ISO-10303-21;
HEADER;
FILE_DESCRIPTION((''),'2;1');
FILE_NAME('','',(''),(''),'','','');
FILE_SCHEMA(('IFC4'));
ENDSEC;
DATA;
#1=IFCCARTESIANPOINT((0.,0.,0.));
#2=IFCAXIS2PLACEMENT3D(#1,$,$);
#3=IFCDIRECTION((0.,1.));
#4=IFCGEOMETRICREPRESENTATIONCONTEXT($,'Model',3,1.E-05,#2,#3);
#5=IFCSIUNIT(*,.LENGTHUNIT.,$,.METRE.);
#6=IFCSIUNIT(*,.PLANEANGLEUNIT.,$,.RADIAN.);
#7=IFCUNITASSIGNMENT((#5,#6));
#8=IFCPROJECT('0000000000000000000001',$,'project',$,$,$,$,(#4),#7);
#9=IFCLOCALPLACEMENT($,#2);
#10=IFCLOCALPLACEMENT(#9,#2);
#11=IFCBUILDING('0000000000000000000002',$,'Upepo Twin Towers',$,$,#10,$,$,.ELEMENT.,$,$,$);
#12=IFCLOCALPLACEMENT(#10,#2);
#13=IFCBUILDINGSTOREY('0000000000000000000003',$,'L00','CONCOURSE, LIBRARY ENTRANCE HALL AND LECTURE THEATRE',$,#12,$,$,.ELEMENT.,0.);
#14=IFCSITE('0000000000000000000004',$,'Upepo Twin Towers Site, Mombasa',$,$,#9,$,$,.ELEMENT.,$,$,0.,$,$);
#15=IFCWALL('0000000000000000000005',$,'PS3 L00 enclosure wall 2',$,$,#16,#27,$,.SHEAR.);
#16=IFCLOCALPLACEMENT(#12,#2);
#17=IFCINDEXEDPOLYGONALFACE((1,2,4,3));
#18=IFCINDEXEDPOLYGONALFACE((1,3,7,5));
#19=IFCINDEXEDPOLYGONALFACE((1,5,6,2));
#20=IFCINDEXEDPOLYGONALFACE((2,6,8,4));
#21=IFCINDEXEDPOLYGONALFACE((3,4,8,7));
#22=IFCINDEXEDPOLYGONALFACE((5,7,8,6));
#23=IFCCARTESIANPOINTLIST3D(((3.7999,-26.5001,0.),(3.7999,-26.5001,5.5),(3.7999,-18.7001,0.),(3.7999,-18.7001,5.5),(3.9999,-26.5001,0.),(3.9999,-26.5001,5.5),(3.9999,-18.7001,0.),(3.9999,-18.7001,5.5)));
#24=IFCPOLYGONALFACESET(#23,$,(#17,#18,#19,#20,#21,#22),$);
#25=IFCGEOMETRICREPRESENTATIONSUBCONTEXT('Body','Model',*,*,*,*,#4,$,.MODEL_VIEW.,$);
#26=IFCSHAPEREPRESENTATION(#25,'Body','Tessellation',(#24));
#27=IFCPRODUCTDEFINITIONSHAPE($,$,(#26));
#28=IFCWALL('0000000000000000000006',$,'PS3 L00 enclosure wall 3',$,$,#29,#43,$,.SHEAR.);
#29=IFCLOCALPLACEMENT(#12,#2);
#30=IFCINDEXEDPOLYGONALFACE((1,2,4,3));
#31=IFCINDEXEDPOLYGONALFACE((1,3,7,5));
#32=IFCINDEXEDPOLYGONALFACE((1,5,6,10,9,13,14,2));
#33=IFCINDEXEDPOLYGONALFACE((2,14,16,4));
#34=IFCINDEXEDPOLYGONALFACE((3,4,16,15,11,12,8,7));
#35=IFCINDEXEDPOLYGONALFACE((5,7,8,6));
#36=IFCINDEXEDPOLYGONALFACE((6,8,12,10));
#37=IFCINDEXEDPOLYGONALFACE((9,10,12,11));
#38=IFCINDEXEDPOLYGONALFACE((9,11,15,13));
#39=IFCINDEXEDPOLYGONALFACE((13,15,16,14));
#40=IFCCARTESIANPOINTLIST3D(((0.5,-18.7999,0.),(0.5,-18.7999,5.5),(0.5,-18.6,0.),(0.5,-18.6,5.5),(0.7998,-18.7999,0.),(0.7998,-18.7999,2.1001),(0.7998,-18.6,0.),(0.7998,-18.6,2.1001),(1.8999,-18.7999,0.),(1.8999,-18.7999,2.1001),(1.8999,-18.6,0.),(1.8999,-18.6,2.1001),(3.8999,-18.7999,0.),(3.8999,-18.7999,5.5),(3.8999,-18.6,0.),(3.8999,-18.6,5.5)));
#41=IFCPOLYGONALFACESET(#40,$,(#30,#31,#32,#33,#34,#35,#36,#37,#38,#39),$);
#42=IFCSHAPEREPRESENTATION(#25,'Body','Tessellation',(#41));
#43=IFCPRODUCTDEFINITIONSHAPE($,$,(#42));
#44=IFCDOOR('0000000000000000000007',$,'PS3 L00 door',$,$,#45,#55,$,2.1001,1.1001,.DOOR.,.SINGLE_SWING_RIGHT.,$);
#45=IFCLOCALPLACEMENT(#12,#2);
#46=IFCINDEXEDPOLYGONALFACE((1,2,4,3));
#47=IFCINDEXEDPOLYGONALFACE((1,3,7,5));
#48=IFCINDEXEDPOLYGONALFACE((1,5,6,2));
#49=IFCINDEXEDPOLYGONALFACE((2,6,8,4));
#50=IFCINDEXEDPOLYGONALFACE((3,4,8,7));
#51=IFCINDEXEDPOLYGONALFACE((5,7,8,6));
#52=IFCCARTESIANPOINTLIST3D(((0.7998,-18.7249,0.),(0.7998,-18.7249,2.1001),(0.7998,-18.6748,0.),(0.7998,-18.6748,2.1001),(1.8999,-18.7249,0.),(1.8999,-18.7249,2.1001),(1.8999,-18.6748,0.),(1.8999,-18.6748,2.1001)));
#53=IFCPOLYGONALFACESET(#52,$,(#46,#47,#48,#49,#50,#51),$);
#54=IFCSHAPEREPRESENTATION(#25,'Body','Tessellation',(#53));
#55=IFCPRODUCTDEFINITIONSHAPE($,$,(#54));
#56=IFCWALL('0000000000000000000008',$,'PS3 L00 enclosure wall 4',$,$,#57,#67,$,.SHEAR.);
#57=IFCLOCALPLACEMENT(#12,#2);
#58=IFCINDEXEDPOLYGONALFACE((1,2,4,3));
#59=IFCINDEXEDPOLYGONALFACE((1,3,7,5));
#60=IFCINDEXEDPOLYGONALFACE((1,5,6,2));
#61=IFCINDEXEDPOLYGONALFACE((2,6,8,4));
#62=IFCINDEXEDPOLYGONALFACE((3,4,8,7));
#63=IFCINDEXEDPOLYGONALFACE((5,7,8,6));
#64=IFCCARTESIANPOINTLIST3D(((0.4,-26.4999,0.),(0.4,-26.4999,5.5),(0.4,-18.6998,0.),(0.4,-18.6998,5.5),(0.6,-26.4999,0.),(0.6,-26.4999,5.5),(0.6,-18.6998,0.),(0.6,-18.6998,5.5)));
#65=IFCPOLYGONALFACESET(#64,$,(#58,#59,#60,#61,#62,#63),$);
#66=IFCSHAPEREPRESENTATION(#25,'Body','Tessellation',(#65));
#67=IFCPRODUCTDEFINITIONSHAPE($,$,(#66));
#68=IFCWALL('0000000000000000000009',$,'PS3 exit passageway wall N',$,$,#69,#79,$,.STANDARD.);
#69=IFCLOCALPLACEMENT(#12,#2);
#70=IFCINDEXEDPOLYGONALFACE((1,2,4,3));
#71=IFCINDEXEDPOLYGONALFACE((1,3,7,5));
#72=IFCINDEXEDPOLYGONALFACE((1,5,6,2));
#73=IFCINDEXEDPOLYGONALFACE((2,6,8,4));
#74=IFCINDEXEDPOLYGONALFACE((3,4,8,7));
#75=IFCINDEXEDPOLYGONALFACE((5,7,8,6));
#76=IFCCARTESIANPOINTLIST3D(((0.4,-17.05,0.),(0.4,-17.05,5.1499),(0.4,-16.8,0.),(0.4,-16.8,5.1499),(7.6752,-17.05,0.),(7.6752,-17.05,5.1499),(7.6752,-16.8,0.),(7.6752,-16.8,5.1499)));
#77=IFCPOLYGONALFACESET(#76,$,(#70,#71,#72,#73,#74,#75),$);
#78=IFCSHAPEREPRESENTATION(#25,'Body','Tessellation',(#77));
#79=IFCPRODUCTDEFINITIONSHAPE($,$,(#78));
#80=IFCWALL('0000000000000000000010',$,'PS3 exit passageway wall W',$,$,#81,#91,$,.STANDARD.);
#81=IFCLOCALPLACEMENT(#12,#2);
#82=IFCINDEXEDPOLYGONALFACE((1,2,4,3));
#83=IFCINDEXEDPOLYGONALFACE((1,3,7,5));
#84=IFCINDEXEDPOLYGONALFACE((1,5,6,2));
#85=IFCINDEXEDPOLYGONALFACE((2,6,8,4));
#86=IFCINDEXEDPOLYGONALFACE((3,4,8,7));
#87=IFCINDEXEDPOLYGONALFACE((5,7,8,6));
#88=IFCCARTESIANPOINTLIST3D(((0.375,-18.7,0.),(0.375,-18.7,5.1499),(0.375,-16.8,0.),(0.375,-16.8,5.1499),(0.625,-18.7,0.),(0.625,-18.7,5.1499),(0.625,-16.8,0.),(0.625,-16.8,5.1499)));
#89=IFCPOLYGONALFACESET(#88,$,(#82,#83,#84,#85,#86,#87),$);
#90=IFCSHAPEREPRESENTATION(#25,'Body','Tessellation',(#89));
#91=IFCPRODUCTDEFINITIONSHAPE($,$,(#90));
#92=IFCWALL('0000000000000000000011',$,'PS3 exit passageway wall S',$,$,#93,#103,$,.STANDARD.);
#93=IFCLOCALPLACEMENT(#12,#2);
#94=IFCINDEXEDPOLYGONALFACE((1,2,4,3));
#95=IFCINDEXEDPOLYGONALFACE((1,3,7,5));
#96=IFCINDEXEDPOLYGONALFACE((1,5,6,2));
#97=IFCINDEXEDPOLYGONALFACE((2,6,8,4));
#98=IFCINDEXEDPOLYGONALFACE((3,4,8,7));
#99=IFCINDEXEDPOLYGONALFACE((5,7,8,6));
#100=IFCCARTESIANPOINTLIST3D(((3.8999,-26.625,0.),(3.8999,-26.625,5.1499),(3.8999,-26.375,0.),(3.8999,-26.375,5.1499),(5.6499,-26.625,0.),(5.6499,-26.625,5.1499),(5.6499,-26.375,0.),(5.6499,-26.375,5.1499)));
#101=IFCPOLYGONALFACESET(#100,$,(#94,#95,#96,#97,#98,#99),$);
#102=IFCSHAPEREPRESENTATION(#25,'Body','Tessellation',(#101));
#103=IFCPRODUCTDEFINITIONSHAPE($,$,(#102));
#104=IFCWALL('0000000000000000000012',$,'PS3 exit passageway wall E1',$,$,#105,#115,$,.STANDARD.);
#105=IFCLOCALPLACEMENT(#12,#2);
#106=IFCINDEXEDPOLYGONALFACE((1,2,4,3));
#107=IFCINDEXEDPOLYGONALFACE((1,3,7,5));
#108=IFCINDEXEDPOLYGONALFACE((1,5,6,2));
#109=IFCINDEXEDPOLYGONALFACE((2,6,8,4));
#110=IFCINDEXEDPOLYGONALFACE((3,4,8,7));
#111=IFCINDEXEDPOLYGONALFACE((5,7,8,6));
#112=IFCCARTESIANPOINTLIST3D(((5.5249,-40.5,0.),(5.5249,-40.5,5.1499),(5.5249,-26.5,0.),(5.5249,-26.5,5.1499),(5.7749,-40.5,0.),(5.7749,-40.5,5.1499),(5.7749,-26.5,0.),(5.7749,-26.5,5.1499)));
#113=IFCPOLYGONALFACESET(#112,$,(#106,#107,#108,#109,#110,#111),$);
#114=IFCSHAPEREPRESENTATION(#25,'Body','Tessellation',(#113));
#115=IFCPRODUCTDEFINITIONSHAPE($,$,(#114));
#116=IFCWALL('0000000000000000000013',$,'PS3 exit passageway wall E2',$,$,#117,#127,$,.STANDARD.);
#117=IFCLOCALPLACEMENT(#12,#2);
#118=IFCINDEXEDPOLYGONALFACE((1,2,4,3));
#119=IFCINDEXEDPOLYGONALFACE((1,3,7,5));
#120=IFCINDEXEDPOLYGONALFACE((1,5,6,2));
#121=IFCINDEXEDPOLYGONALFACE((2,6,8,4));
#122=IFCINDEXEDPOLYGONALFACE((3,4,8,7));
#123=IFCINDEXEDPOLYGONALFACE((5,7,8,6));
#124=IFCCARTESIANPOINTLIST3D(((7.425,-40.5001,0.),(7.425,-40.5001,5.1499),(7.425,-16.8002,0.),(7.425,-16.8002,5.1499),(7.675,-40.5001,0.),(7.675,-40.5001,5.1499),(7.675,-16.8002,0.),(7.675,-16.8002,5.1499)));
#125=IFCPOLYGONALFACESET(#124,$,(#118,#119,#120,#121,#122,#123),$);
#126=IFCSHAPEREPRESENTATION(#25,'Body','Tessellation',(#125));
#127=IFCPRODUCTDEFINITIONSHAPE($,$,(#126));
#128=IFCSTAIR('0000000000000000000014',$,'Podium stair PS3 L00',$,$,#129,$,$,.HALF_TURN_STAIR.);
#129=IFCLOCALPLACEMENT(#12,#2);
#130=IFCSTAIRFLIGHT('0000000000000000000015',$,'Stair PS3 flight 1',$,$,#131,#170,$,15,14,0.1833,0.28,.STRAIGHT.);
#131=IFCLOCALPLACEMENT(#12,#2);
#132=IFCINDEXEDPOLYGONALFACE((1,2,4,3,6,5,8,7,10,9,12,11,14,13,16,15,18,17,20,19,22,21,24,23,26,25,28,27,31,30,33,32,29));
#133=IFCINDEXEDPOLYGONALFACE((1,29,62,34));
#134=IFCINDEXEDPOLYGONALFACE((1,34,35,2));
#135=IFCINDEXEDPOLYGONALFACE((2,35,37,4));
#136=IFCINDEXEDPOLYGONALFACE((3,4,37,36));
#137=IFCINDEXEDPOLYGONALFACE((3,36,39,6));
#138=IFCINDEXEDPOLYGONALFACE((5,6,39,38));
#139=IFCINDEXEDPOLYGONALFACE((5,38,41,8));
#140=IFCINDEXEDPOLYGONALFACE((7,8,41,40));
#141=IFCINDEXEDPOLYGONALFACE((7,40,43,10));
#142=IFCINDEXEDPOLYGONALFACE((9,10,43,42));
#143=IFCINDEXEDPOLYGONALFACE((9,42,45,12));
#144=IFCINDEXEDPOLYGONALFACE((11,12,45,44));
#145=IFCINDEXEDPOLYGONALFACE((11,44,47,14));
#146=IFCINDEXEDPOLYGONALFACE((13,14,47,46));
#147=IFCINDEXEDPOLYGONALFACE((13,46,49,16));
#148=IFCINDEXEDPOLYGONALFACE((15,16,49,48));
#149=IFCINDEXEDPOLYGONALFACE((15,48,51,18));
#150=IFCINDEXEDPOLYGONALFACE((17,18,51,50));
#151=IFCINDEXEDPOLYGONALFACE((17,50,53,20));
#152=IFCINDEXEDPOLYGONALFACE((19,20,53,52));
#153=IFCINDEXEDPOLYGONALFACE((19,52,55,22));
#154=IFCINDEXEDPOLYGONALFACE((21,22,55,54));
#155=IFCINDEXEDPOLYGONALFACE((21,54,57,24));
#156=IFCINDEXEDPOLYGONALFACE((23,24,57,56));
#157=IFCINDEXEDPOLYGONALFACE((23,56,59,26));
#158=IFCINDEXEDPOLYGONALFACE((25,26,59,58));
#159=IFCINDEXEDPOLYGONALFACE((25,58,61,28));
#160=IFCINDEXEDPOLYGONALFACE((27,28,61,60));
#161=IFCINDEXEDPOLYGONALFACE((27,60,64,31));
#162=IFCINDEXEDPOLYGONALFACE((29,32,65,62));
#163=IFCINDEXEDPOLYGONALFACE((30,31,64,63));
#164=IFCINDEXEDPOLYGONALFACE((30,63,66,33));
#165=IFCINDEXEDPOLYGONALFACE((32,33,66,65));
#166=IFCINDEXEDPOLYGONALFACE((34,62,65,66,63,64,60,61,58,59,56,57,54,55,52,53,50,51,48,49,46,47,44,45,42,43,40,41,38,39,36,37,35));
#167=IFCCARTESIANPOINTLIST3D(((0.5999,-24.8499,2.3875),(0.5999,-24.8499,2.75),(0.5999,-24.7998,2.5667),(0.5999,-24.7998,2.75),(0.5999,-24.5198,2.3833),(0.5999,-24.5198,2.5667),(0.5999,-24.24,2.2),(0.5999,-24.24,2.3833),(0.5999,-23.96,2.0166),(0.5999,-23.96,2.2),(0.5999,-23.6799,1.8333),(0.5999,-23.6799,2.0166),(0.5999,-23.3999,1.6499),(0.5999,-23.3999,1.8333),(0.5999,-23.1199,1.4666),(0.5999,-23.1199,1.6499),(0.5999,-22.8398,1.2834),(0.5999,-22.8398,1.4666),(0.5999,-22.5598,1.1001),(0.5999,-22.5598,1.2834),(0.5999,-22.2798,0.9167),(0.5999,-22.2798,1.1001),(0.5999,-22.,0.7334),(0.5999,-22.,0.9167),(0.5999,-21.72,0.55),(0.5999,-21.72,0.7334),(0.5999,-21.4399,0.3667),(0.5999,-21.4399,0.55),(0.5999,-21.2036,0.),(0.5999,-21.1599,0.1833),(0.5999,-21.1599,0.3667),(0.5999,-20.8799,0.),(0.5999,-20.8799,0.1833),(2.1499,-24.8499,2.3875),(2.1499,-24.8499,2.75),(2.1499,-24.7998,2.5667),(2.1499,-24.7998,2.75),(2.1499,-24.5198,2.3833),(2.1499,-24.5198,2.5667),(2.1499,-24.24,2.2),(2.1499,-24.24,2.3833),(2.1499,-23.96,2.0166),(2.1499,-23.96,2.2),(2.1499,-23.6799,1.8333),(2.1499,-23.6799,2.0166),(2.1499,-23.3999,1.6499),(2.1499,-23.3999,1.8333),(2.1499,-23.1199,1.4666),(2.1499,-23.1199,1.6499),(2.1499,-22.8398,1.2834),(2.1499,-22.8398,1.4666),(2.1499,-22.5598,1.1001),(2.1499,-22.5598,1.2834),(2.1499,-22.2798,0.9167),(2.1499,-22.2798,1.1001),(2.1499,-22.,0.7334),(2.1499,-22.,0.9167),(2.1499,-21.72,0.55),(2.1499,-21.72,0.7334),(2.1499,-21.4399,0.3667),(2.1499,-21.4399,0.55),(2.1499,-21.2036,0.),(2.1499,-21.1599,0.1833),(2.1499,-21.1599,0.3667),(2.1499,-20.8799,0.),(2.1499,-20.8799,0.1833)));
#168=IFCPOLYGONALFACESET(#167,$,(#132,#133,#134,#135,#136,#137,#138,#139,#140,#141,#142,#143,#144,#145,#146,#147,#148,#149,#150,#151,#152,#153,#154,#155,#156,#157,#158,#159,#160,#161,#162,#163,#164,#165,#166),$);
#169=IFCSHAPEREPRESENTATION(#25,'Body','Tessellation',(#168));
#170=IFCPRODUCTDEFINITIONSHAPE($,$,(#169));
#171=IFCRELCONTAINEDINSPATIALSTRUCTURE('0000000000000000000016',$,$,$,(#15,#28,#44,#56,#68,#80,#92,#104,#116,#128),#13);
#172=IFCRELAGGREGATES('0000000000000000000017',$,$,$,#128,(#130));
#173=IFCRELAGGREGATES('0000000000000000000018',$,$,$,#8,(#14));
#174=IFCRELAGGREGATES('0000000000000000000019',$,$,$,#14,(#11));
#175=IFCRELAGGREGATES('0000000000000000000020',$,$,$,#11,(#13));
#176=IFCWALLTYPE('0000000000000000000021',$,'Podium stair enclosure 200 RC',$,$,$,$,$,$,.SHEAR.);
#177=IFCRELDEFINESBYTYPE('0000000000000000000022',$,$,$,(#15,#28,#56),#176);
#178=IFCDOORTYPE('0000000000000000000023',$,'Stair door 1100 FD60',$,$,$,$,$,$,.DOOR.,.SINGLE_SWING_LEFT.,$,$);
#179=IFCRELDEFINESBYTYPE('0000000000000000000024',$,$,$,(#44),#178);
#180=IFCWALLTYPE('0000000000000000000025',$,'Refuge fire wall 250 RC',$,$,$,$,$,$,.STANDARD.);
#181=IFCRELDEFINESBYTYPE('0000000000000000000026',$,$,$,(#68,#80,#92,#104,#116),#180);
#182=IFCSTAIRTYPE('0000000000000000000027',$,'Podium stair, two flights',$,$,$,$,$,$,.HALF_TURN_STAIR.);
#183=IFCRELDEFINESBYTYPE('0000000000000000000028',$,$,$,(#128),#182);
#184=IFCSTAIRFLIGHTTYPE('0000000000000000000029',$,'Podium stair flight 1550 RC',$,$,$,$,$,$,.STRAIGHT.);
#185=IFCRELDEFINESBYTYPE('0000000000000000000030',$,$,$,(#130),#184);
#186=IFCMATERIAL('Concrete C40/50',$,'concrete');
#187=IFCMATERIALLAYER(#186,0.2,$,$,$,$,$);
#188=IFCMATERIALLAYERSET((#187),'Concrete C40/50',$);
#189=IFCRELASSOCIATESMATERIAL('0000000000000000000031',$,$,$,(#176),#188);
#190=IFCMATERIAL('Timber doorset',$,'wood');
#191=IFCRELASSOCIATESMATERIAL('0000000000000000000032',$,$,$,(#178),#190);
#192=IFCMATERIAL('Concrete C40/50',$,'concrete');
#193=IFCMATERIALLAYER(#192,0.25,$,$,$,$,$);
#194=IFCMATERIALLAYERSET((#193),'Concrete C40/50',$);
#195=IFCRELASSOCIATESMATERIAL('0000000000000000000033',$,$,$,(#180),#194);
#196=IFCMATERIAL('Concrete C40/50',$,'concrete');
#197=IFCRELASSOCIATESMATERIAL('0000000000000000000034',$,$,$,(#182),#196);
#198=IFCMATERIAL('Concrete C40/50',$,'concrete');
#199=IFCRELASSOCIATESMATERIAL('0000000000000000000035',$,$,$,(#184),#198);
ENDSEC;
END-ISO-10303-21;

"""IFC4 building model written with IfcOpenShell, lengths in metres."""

from ifc_helpers import new_model, si_unit, direction, frame, frame_2d, origin, place, context, subcontext, project, spatial, polyline, rectangle, outline, extrude, material, layer, layer_set, type_object, element, fill, aggregate, save


model = new_model("IFC4")

# Units and contexts
model_context = context("Model", 3, precision=1e-05, world=origin(), true_north=direction((0.0, 1.0)))
body_context = subcontext(model_context, "Body", "Model", "MODEL_VIEW")
ifc_project = project(units=[si_unit("LENGTHUNIT", "METRE"), si_unit("PLANEANGLEUNIT", "RADIAN")], contexts=[model_context])

# Site, building, storey
site_placement = place(None, origin())
site = spatial("IfcSite", under=ifc_project, at=site_placement, Name="Upepo Twin Towers Site, Mombasa", CompositionType="ELEMENT", RefElevation=0.0)
building_placement = place(site_placement, origin())
building = spatial("IfcBuilding", under=site, at=building_placement, Name="Upepo Twin Towers", CompositionType="ELEMENT")
storey_placement = place(building_placement, origin())
storey = spatial("IfcBuildingStorey", under=building, at=storey_placement, Name="L00", Description="CONCOURSE, LIBRARY ENTRANCE HALL AND LECTURE THEATRE", CompositionType="ELEMENT", Elevation=0.0)

# Wall
ifc_material_1 = material(Name="Concrete C40/50", Category="concrete")
ifc_layer_1 = layer(ifc_material_1, 0.2)
ifc_layer_set_1 = layer_set([ifc_layer_1], Name="Concrete C40/50")
wall_type_1 = type_object("IfcWallType", Name="Podium stair enclosure 200 RC", PredefinedType="SHEAR", material=ifc_layer_set_1)
wall_1_placement = place(storey_placement, frame((3.8999, -26.5, 0.0), z_axis=(0.0, 0.0, 1.0), x_axis=(0.0, 1.0, 0.0)))
element("IfcWall", 1, at=wall_1_placement, inside=storey, type_object=wall_type_1, Name="PS3 L00 enclosure wall 2", PredefinedType="SHEAR", context=body_context, shape_type="SweptSolid", body=[
    extrude(rectangle(XDim=7.8, YDim=0.2, at=frame_2d((3.8999, 0.0))), origin(), (0.0, 0.0, 1.0), 5.5),
])

# Wall, opening, door
wall_2_placement = place(storey_placement, frame((3.8999, -18.7, 0.0), z_axis=(0.0, 0.0, 1.0), x_axis=(-1.0, 0.0, 0.0)))
wall_2 = element("IfcWall", 2, at=wall_2_placement, inside=storey, type_object=wall_type_1, Name="PS3 L00 enclosure wall 3", PredefinedType="SHEAR", context=body_context, shape_type="SweptSolid", body=[
    extrude(rectangle(XDim=3.3999, YDim=0.2, at=frame_2d((1.7, 0.0))), origin(), (0.0, 0.0, 1.0), 5.5),
])
opening_1_placement = place(wall_2_placement, frame((2.0, 0.0, 0.0)))
opening_1 = element("IfcOpeningElement", 3, at=opening_1_placement, cuts=wall_2, PredefinedType="OPENING", context=body_context, shape_type="SweptSolid", body=[
    extrude(rectangle(XDim=1.1001, YDim=2.1001, at=frame_2d((0.55, 1.05))), frame((0.0, 0.1099, 0.0), z_axis=(0.0, -1.0, 0.0), x_axis=(1.0, 0.0, 0.0)), (0.0, 0.0, 1.0), 0.22),
])
ifc_material_2 = material(Name="Timber doorset", Category="wood")
door_type_1 = type_object("IfcDoorType", Name="Stair door 1100 FD60", OperationType="SINGLE_SWING_LEFT", PredefinedType="DOOR", material=ifc_material_2)
door_1_placement = place(opening_1_placement, origin())
door_1 = element("IfcDoor", 4, at=door_1_placement, inside=storey, type_object=door_type_1, Name="PS3 L00 door", OperationType="SINGLE_SWING_RIGHT", OverallHeight=2.1001, OverallWidth=1.1001, PredefinedType="DOOR", context=body_context, shape_type="SweptSolid", body=[
    extrude(rectangle(XDim=1.1001, YDim=2.1001, at=frame_2d((0.55, 1.05))), frame((0.0, 0.0249, 0.0), z_axis=(0.0, -1.0, 0.0), x_axis=(1.0, 0.0, 0.0)), (0.0, 0.0, 1.0), 0.05),
])
fill(opening_1, door_1)

# Walls
wall_3_placement = place(storey_placement, frame((0.5, -18.7, 0.0), z_axis=(0.0, 0.0, 1.0), x_axis=(0.0, -1.0, 0.0)))
element("IfcWall", 5, at=wall_3_placement, inside=storey, type_object=wall_type_1, Name="PS3 L00 enclosure wall 4", PredefinedType="SHEAR", context=body_context, shape_type="SweptSolid", body=[
    extrude(rectangle(XDim=7.8, YDim=0.2, at=frame_2d((3.8999, 0.0))), origin(), (0.0, 0.0, 1.0), 5.5),
])
ifc_material_3 = material(Name="Concrete C40/50", Category="concrete")
ifc_layer_2 = layer(ifc_material_3, 0.25)
ifc_layer_set_2 = layer_set([ifc_layer_2], Name="Concrete C40/50")
wall_type_2 = type_object("IfcWallType", Name="Refuge fire wall 250 RC", PredefinedType="STANDARD", material=ifc_layer_set_2)
wall_4_placement = place(storey_placement, frame((0.3999, -16.925, 0.0), z_axis=(0.0, 0.0, 1.0), x_axis=(1.0, 0.0, 0.0)))
element("IfcWall", 6, at=wall_4_placement, inside=storey, type_object=wall_type_2, Name="PS3 exit passageway wall N", PredefinedType="STANDARD", context=body_context, shape_type="SweptSolid", body=[
    extrude(rectangle(XDim=7.2751, YDim=0.25, at=frame_2d((3.6377, 0.0))), origin(), (0.0, 0.0, 1.0), 5.1499),
])
wall_5_placement = place(storey_placement, frame((0.5, -18.7, 0.0), z_axis=(0.0, 0.0, 1.0), x_axis=(0.0, 1.0, 0.0)))
element("IfcWall", 7, at=wall_5_placement, inside=storey, type_object=wall_type_2, Name="PS3 exit passageway wall W", PredefinedType="STANDARD", context=body_context, shape_type="SweptSolid", body=[
    extrude(rectangle(XDim=1.8999, YDim=0.25, at=frame_2d((0.95, 0.0))), origin(), (0.0, 0.0, 1.0), 5.1499),
])
wall_6_placement = place(storey_placement, frame((3.8999, -26.5, 0.0), z_axis=(0.0, 0.0, 1.0), x_axis=(1.0, 0.0, 0.0)))
element("IfcWall", 8, at=wall_6_placement, inside=storey, type_object=wall_type_2, Name="PS3 exit passageway wall S", PredefinedType="STANDARD", context=body_context, shape_type="SweptSolid", body=[
    extrude(rectangle(XDim=1.75, YDim=0.25, at=frame_2d((0.875, 0.0))), origin(), (0.0, 0.0, 1.0), 5.1499),
])
wall_7_placement = place(storey_placement, frame((5.6499, -26.5, 0.0), z_axis=(0.0, 0.0, 1.0), x_axis=(0.0, -1.0, 0.0)))
element("IfcWall", 9, at=wall_7_placement, inside=storey, type_object=wall_type_2, Name="PS3 exit passageway wall E1", PredefinedType="STANDARD", context=body_context, shape_type="SweptSolid", body=[
    extrude(rectangle(XDim=14.0, YDim=0.25, at=frame_2d((7.0, 0.0))), origin(), (0.0, 0.0, 1.0), 5.1499),
])
wall_8_placement = place(storey_placement, frame((7.55, -16.8, 0.0), z_axis=(0.0, 0.0, 1.0), x_axis=(0.0, -1.0, 0.0)))
element("IfcWall", 10, at=wall_8_placement, inside=storey, type_object=wall_type_2, Name="PS3 exit passageway wall E2", PredefinedType="STANDARD", context=body_context, shape_type="SweptSolid", body=[
    extrude(rectangle(XDim=23.7, YDim=0.25, at=frame_2d((11.8501, 0.0))), origin(), (0.0, 0.0, 1.0), 5.1499),
])

# Stair, stair flight
ifc_material_4 = material(Name="Concrete C40/50", Category="concrete")
stair_type = type_object("IfcStairType", Name="Podium stair, two flights", PredefinedType="HALF_TURN_STAIR", material=ifc_material_4)
stair_placement = place(storey_placement, origin())
stair = element("IfcStair", 11, at=stair_placement, inside=storey, type_object=stair_type, Name="Podium stair PS3 L00", PredefinedType="HALF_TURN_STAIR")
ifc_material_5 = material(Name="Concrete C40/50", Category="concrete")
stair_flight_type = type_object("IfcStairFlightType", Name="Podium stair flight 1550 RC", PredefinedType="STRAIGHT", material=ifc_material_5)
stair_flight_1_placement = place(storey_placement, frame((1.375, -20.8799, 0.0), z_axis=(0.0, 0.0, 1.0), x_axis=(0.0, -1.0, 0.0)))
stair_flight_1 = element("IfcStairFlight", 12, at=stair_flight_1_placement, type_object=stair_flight_type, Name="Stair PS3 flight 1", NumberOfRisers=15, NumberOfTreads=14, PredefinedType="STRAIGHT", RiserHeight=0.1833, TreadLength=0.28, context=body_context, shape_type="SweptSolid", body=[
    extrude(outline(polyline([(0.0, 0.0), (0.0, 0.1833), (0.28, 0.1833), (0.28, 0.3667), (0.5601, 0.3667), (0.5601, 0.55), (0.8401, 0.55), (0.8401, 0.7334), (1.1201, 0.7334), (1.1201, 0.9167), (1.3999, 0.9167), (1.3999, 1.1001), (1.6799, 1.1001), (1.6799, 1.2834), (1.96, 1.2834), (1.96, 1.4666), (2.24, 1.4666), (2.24, 1.6499), (2.52, 1.6499), (2.52, 1.8333), (2.8, 1.8333), (2.8, 2.0166), (3.0801, 2.0166), (3.0801, 2.2), (3.3601, 2.2), (3.3601, 2.3833), (3.6399, 2.3833), (3.6399, 2.5667), (3.9199, 2.5667), (3.9199, 2.75), (3.97, 2.75), (3.97, 2.3875), (0.3237, 0.0), (0.0, 0.0)])), frame((0.0, 0.7749, 0.0), z_axis=(0.0, -1.0, 0.0), x_axis=(1.0, 0.0, 0.0)), (0.0, 0.0, 1.0), 1.55),
])
aggregate(stair, [stair_flight_1])

save(model, "model.ifc")
